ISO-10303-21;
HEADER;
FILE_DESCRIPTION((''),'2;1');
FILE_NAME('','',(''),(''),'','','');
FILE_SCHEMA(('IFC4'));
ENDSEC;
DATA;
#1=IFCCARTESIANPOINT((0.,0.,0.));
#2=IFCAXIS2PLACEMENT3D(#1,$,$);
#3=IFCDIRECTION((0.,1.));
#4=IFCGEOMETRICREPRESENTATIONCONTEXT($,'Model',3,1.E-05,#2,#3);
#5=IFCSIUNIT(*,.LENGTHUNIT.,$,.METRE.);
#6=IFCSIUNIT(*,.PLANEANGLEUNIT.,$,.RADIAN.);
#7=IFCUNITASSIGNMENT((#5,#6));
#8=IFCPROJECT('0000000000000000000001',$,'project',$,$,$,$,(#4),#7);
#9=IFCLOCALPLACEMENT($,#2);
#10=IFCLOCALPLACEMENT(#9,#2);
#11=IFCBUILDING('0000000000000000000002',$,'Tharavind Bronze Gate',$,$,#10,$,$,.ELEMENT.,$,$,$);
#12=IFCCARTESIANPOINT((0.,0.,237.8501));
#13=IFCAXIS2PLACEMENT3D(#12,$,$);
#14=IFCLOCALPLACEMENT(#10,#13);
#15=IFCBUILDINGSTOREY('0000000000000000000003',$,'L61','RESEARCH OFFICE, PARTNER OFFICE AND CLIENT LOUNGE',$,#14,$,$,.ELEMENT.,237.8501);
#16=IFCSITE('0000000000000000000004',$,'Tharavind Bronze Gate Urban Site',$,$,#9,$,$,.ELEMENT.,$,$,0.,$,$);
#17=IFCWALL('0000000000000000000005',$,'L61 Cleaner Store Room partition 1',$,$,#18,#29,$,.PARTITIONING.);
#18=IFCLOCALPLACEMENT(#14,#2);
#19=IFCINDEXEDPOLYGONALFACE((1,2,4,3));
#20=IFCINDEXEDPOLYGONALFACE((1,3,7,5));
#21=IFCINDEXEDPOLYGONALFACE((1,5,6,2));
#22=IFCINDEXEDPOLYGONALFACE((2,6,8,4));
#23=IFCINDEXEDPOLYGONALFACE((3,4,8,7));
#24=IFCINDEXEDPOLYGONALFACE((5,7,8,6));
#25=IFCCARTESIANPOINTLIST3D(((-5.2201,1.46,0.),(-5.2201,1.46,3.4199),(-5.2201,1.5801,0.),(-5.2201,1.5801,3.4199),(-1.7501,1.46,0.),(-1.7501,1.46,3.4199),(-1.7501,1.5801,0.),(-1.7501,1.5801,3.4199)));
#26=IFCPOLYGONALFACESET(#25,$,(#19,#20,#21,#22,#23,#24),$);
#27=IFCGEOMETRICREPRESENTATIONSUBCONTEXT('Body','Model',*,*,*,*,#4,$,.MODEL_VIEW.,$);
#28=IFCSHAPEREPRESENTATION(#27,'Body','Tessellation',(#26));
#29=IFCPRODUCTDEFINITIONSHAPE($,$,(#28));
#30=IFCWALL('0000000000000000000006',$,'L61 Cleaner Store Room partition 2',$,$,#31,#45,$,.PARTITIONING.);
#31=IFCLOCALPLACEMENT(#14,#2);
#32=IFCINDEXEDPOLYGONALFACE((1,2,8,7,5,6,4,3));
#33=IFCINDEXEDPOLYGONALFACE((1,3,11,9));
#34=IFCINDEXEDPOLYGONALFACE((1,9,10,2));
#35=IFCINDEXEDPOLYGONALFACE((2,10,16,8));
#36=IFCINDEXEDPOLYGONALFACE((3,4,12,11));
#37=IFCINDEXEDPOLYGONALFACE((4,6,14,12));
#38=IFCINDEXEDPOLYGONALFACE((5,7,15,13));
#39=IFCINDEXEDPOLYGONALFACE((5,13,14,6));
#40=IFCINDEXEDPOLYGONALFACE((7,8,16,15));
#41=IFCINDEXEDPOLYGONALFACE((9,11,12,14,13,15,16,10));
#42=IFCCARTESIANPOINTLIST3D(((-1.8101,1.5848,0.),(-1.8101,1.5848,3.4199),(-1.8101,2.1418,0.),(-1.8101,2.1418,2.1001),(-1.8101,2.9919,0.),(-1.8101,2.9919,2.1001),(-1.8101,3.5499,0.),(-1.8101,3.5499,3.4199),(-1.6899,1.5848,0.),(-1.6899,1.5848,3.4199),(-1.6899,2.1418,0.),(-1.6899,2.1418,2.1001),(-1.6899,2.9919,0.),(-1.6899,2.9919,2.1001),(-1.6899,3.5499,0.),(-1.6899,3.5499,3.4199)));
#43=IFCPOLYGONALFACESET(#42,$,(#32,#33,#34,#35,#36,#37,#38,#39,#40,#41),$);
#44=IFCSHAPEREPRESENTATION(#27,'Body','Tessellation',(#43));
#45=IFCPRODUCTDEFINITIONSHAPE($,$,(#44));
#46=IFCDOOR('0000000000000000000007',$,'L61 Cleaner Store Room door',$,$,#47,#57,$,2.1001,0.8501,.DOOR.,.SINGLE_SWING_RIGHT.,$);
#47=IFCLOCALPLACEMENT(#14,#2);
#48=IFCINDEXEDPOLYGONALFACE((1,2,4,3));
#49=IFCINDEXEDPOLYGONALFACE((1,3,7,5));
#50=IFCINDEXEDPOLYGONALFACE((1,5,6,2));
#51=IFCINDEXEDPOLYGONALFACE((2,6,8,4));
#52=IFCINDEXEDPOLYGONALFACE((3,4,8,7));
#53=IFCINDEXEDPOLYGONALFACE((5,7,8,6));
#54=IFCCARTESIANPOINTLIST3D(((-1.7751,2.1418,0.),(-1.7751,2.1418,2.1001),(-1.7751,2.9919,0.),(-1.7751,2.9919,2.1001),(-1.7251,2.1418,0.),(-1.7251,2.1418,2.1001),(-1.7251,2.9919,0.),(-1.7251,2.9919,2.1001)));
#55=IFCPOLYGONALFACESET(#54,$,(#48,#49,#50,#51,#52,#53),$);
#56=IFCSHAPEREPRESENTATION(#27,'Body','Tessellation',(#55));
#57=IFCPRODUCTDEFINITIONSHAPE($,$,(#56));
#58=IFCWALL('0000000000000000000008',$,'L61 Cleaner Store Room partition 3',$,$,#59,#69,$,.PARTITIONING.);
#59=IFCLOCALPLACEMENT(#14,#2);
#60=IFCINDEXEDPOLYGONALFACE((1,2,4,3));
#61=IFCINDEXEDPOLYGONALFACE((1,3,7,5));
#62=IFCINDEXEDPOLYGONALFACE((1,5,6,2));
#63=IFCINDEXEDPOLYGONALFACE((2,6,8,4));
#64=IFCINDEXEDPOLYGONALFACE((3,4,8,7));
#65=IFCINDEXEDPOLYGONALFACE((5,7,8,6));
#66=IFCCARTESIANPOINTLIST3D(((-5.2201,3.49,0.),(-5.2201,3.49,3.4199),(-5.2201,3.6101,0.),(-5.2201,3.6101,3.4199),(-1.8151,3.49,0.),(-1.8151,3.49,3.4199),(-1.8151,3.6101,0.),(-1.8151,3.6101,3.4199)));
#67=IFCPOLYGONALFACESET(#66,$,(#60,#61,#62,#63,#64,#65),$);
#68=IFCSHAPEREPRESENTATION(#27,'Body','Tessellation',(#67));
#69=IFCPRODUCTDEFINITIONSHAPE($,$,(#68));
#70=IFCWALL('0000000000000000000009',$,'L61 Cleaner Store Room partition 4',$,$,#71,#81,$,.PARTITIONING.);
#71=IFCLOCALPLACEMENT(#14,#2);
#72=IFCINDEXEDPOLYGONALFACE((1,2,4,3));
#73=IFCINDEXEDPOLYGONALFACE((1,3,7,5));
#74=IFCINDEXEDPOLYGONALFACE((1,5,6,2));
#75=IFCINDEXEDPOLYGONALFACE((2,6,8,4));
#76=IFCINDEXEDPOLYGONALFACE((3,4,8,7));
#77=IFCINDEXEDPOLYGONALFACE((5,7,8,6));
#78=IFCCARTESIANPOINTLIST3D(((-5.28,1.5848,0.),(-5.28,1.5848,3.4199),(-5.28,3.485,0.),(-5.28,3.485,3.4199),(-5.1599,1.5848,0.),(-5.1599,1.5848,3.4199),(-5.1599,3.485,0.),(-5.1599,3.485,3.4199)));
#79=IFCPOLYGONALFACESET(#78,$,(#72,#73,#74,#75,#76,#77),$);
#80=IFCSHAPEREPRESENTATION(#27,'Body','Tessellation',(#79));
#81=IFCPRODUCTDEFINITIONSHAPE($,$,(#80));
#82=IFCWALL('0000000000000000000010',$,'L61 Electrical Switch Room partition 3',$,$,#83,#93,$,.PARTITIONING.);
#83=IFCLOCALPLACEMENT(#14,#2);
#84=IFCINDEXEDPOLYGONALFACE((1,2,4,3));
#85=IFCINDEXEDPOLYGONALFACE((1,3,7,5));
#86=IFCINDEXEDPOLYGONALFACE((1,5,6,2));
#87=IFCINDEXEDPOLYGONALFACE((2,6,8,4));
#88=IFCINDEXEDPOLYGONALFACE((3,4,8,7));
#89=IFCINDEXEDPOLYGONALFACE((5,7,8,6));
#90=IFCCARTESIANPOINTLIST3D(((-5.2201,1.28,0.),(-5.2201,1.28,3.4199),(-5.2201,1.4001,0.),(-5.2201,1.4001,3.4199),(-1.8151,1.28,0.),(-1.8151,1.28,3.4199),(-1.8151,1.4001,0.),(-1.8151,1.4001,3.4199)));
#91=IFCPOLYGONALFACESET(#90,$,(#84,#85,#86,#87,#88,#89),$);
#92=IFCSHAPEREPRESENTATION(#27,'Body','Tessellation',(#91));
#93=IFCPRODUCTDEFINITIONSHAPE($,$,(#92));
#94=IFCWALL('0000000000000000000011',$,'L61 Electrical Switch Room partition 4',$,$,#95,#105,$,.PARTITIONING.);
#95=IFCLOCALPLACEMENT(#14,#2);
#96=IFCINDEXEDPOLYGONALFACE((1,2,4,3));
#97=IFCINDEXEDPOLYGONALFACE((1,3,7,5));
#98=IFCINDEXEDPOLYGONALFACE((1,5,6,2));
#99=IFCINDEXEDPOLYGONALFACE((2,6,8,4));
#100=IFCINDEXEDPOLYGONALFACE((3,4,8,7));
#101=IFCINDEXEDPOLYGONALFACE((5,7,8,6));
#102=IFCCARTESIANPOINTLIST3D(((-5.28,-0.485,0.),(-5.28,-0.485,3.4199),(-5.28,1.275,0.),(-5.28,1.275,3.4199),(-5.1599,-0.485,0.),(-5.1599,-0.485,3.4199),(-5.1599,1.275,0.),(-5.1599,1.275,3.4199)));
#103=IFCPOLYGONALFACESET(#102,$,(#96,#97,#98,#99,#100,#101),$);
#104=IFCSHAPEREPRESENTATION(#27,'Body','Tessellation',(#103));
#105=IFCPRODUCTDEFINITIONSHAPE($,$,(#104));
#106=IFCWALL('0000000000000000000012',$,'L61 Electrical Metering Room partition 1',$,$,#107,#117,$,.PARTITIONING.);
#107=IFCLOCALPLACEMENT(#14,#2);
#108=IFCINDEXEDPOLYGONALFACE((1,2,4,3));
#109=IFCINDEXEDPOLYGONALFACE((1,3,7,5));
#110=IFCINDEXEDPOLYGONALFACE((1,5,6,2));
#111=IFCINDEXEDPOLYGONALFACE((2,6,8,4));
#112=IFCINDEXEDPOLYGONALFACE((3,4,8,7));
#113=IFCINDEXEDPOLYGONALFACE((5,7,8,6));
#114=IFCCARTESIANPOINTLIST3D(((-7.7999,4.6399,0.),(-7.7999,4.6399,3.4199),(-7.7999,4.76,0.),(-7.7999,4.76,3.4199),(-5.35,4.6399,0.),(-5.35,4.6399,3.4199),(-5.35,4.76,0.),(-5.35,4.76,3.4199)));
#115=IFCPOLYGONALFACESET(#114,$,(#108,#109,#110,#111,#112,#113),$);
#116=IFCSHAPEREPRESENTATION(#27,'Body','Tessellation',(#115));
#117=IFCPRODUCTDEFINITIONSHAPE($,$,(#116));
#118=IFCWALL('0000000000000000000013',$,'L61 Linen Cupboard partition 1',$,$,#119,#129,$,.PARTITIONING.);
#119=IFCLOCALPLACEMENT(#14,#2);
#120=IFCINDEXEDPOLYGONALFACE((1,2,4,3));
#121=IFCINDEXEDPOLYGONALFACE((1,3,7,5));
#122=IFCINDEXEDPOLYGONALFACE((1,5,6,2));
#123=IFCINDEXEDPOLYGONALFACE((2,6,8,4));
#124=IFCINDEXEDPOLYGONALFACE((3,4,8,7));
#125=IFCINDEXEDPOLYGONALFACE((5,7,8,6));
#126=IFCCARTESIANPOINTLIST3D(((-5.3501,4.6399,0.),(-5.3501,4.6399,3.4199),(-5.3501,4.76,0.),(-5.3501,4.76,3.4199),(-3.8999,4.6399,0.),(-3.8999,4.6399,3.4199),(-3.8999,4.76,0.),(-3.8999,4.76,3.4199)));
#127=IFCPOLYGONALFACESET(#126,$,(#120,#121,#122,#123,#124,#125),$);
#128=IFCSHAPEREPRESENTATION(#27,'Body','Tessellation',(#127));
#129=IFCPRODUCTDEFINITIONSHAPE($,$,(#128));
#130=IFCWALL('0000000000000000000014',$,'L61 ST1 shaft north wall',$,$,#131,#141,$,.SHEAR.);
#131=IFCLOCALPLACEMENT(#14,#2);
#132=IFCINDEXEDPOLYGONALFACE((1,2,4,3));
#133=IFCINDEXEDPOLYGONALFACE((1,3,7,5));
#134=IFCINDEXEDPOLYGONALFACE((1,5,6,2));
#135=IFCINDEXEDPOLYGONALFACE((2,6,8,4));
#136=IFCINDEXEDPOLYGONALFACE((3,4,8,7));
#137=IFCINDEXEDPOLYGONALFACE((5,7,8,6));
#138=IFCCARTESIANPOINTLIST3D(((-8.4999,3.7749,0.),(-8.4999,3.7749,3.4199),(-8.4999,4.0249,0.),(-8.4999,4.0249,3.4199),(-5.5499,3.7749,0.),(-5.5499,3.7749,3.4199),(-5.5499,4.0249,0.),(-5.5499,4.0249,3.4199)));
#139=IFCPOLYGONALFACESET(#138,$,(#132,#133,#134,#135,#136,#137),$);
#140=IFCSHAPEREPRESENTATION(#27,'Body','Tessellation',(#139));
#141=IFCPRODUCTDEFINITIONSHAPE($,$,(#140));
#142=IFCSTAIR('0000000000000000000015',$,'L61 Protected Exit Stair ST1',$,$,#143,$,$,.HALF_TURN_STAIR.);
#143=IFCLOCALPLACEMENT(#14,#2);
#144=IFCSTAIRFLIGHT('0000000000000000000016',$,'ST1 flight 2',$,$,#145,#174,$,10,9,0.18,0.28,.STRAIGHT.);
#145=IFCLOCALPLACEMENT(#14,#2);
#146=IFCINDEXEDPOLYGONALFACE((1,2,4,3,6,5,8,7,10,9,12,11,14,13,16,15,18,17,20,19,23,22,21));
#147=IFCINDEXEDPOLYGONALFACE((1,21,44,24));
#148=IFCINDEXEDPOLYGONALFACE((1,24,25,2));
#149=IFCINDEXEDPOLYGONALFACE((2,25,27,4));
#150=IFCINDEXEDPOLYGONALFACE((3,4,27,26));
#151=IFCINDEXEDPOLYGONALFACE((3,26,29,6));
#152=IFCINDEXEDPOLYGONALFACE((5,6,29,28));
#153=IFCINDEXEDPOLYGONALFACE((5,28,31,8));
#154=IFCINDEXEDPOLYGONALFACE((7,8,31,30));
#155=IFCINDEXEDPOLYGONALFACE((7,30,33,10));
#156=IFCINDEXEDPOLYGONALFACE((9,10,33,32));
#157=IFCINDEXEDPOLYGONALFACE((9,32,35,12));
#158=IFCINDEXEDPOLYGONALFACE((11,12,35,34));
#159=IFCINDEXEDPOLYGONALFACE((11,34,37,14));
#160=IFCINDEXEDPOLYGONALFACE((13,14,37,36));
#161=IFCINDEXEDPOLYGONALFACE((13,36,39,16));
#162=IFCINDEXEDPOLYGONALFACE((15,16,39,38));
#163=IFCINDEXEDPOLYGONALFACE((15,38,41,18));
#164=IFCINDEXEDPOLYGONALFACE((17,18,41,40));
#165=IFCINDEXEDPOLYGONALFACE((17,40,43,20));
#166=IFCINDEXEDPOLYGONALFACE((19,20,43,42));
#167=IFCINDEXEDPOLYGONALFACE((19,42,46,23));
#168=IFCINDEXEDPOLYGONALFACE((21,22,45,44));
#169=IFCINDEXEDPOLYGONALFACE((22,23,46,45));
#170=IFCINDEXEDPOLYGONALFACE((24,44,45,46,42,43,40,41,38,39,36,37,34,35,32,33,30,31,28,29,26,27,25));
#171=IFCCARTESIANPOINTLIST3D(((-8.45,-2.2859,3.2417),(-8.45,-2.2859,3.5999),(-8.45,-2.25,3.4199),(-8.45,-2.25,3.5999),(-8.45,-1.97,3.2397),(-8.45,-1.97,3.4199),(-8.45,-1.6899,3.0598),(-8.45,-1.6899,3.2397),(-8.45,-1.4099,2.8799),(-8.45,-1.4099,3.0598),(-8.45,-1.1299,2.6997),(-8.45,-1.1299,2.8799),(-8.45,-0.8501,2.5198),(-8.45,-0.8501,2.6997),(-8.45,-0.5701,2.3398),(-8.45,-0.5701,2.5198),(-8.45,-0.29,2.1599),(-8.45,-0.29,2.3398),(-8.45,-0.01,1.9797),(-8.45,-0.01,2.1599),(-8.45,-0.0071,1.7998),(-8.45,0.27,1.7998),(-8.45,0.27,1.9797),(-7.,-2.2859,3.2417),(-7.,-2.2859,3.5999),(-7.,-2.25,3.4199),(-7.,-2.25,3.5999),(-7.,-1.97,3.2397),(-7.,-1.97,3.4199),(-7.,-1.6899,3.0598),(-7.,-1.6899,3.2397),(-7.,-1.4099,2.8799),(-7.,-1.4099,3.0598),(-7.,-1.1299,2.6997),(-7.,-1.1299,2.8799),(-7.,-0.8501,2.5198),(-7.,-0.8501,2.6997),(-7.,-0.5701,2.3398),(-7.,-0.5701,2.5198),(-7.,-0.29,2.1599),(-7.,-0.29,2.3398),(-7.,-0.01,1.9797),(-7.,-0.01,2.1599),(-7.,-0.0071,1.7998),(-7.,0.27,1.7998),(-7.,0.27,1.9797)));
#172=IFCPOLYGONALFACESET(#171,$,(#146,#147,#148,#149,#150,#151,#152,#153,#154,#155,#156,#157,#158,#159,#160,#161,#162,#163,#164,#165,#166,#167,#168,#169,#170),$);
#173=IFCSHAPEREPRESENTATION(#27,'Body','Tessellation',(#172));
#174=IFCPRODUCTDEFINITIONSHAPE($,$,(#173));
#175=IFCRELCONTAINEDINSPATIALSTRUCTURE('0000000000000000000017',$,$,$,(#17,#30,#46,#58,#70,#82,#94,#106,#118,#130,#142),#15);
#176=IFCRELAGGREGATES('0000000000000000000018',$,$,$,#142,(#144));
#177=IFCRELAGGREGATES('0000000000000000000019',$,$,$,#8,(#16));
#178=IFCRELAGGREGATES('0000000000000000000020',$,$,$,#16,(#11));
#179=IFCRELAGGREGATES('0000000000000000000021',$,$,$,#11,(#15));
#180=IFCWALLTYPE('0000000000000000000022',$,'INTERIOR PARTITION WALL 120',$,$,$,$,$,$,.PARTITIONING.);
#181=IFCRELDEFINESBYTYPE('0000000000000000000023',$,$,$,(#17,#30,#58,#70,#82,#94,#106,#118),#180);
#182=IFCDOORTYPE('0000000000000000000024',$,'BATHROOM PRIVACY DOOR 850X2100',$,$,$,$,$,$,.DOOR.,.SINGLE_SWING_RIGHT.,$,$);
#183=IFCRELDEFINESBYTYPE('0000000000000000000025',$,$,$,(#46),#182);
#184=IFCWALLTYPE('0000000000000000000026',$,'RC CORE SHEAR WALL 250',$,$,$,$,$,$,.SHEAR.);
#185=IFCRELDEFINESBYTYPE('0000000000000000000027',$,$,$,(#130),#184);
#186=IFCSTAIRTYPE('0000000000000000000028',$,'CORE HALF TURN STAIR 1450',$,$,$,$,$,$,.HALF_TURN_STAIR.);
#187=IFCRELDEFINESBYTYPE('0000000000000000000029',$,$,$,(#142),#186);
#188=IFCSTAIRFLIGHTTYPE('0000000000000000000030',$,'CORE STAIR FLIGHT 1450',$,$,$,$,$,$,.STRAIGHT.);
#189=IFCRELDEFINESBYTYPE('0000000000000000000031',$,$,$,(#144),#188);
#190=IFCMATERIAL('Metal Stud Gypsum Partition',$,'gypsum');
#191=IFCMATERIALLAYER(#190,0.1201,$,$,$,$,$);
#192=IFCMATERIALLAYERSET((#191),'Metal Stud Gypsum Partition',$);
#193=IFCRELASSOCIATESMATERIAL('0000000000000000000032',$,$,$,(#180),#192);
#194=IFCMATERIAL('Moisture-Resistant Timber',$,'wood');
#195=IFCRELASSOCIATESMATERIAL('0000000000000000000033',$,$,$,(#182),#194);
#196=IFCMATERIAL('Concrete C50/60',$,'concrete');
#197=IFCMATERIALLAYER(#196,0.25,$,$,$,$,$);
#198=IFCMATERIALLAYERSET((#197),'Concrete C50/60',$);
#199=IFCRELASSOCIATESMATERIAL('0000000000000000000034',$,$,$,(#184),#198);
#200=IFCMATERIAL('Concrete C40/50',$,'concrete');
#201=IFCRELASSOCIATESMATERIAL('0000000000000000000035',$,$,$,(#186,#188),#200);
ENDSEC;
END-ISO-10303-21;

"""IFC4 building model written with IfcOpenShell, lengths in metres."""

from ifc_helpers import new_model, si_unit, direction, frame, frame_2d, origin, place, context, subcontext, project, spatial, polyline, rectangle, outline, extrude, material, layer, layer_set, type_object, element, fill, aggregate, save


model = new_model("IFC4")

# Units and contexts
model_context = context("Model", 3, precision=1e-05, world=origin(), true_north=direction((0.0, 1.0)))
body_context = subcontext(model_context, "Body", "Model", "MODEL_VIEW")
ifc_project = project(units=[si_unit("LENGTHUNIT", "METRE"), si_unit("PLANEANGLEUNIT", "RADIAN")], contexts=[model_context])

# Site, building, storey
site_placement = place(None, origin())
site = spatial("IfcSite", under=ifc_project, at=site_placement, Name="Tharavind Bronze Gate Urban Site", CompositionType="ELEMENT", RefElevation=0.0)
building_placement = place(site_placement, origin())
building = spatial("IfcBuilding", under=site, at=building_placement, Name="Tharavind Bronze Gate", CompositionType="ELEMENT")
storey_placement = place(building_placement, frame((0.0, 0.0, 237.8501)))
storey = spatial("IfcBuildingStorey", under=building, at=storey_placement, Name="L61", Description="RESEARCH OFFICE, PARTNER OFFICE AND CLIENT LOUNGE", CompositionType="ELEMENT", Elevation=237.8501)

# Wall
ifc_material_1 = material(Name="Metal Stud Gypsum Partition", Category="gypsum")
ifc_layer_1 = layer(ifc_material_1, 0.1201)
ifc_layer_set_1 = layer_set([ifc_layer_1], Name="Metal Stud Gypsum Partition")
wall_type_1 = type_object("IfcWallType", Name="INTERIOR PARTITION WALL 120", PredefinedType="PARTITIONING", material=ifc_layer_set_1)
wall_1_placement = place(storey_placement, frame((-5.22, 1.52, 0.0), z_axis=(0.0, 0.0, 1.0), x_axis=(1.0, 0.0, 0.0)))
element("IfcWall", 1, at=wall_1_placement, inside=storey, type_object=wall_type_1, Name="L61 Cleaner Store Room partition 1", PredefinedType="PARTITIONING", context=body_context, shape_type="SweptSolid", body=[
    extrude(rectangle(XDim=3.47, YDim=0.1201, at=frame_2d((1.7349, 0.0))), origin(), (0.0, 0.0, 1.0), 3.4199),
])

# Wall, opening, door
wall_2_placement = place(storey_placement, frame((-1.75, 1.585, 0.0), z_axis=(0.0, 0.0, 1.0), x_axis=(0.0, 1.0, 0.0)))
wall_2 = element("IfcWall", 2, at=wall_2_placement, inside=storey, type_object=wall_type_1, Name="L61 Cleaner Store Room partition 2", PredefinedType="PARTITIONING", context=body_context, shape_type="SweptSolid", body=[
    extrude(rectangle(XDim=1.9651, YDim=0.1201, at=frame_2d((0.9824, 0.0))), origin(), (0.0, 0.0, 1.0), 3.4199),
])
opening_placement = place(wall_2_placement, frame((0.5569, 0.0, 0.0)))
opening = element("IfcOpeningElement", 3, at=opening_placement, cuts=wall_2, PredefinedType="OPENING", context=body_context, shape_type="SweptSolid", body=[
    extrude(rectangle(XDim=0.8501, YDim=2.1001, at=frame_2d((0.425, 1.05))), frame((0.0, 0.0701, 0.0), z_axis=(0.0, -1.0, 0.0), x_axis=(1.0, 0.0, 0.0)), (0.0, 0.0, 1.0), 0.1401),
])
ifc_material_2 = material(Name="Moisture-Resistant Timber", Category="wood")
door_type = type_object("IfcDoorType", Name="BATHROOM PRIVACY DOOR 850X2100", OperationType="SINGLE_SWING_RIGHT", PredefinedType="DOOR", material=ifc_material_2)
door_placement = place(opening_placement, frame((0.8501, 0.0, 0.0), z_axis=(0.0, 0.0, 1.0), x_axis=(-1.0, 0.0, 0.0)))
door = element("IfcDoor", 4, at=door_placement, inside=storey, type_object=door_type, Name="L61 Cleaner Store Room door", OperationType="SINGLE_SWING_RIGHT", OverallHeight=2.1001, OverallWidth=0.8501, PredefinedType="DOOR", context=body_context, shape_type="SweptSolid", body=[
    extrude(rectangle(XDim=0.8501, YDim=2.1001, at=frame_2d((0.425, 1.05))), frame((0.0, 0.0249, 0.0), z_axis=(0.0, -1.0, 0.0), x_axis=(1.0, 0.0, 0.0)), (0.0, 0.0, 1.0), 0.05),
])
fill(opening, door)

# Walls
wall_3_placement = place(storey_placement, frame((-1.8149, 3.55, 0.0), z_axis=(0.0, 0.0, 1.0), x_axis=(-1.0, 0.0, 0.0)))
element("IfcWall", 5, at=wall_3_placement, inside=storey, type_object=wall_type_1, Name="L61 Cleaner Store Room partition 3", PredefinedType="PARTITIONING", context=body_context, shape_type="SweptSolid", body=[
    extrude(rectangle(XDim=3.405, YDim=0.1201, at=frame_2d((1.7026, 0.0))), origin(), (0.0, 0.0, 1.0), 3.4199),
])
wall_4_placement = place(storey_placement, frame((-5.22, 3.4851, 0.0), z_axis=(0.0, 0.0, 1.0), x_axis=(0.0, -1.0, 0.0)))
element("IfcWall", 6, at=wall_4_placement, inside=storey, type_object=wall_type_1, Name="L61 Cleaner Store Room partition 4", PredefinedType="PARTITIONING", context=body_context, shape_type="SweptSolid", body=[
    extrude(rectangle(XDim=1.9001, YDim=0.1201, at=frame_2d((0.9502, 0.0))), origin(), (0.0, 0.0, 1.0), 3.4199),
])
wall_5_placement = place(storey_placement, frame((-1.8149, 1.3401, 0.0), z_axis=(0.0, 0.0, 1.0), x_axis=(-1.0, 0.0, 0.0)))
element("IfcWall", 7, at=wall_5_placement, inside=storey, type_object=wall_type_1, Name="L61 Electrical Switch Room partition 3", PredefinedType="PARTITIONING", context=body_context, shape_type="SweptSolid", body=[
    extrude(rectangle(XDim=3.405, YDim=0.1201, at=frame_2d((1.7026, 0.0))), origin(), (0.0, 0.0, 1.0), 3.4199),
])
wall_6_placement = place(storey_placement, frame((-5.22, 1.2749, 0.0), z_axis=(0.0, 0.0, 1.0), x_axis=(0.0, -1.0, 0.0)))
element("IfcWall", 8, at=wall_6_placement, inside=storey, type_object=wall_type_1, Name="L61 Electrical Switch Room partition 4", PredefinedType="PARTITIONING", context=body_context, shape_type="SweptSolid", body=[
    extrude(rectangle(XDim=1.76, YDim=0.1201, at=frame_2d((0.8799, 0.0))), origin(), (0.0, 0.0, 1.0), 3.4199),
])
wall_7_placement = place(storey_placement, frame((-7.8, 4.7, 0.0), z_axis=(0.0, 0.0, 1.0), x_axis=(1.0, 0.0, 0.0)))
element("IfcWall", 9, at=wall_7_placement, inside=storey, type_object=wall_type_1, Name="L61 Electrical Metering Room partition 1", PredefinedType="PARTITIONING", context=body_context, shape_type="SweptSolid", body=[
    extrude(rectangle(XDim=2.45, YDim=0.1201, at=frame_2d((1.2251, 0.0))), origin(), (0.0, 0.0, 1.0), 3.4199),
])
wall_8_placement = place(storey_placement, frame((-5.3501, 4.7, 0.0), z_axis=(0.0, 0.0, 1.0), x_axis=(1.0, 0.0, 0.0)))
element("IfcWall", 10, at=wall_8_placement, inside=storey, type_object=wall_type_1, Name="L61 Linen Cupboard partition 1", PredefinedType="PARTITIONING", context=body_context, shape_type="SweptSolid", body=[
    extrude(rectangle(XDim=1.4502, YDim=0.1201, at=frame_2d((0.7251, 0.0))), origin(), (0.0, 0.0, 1.0), 3.4199),
])
ifc_material_3 = material(Name="Concrete C50/60", Category="concrete")
ifc_layer_2 = layer(ifc_material_3, 0.25)
ifc_layer_set_2 = layer_set([ifc_layer_2], Name="Concrete C50/60")
wall_type_2 = type_object("IfcWallType", Name="RC CORE SHEAR WALL 250", PredefinedType="SHEAR", material=ifc_layer_set_2)
wall_9_placement = place(storey_placement, frame((-8.5, 3.8999, 0.0), z_axis=(0.0, 0.0, 1.0), x_axis=(1.0, 0.0, 0.0)))
element("IfcWall", 11, at=wall_9_placement, inside=storey, type_object=wall_type_2, Name="L61 ST1 shaft north wall", PredefinedType="SHEAR", context=body_context, shape_type="SweptSolid", body=[
    extrude(rectangle(XDim=2.95, YDim=0.25, at=frame_2d((1.4751, 0.0))), origin(), (0.0, 0.0, 1.0), 3.4199),
])

# Stair, stair flight
ifc_material_4 = material(Name="Concrete C40/50", Category="concrete")
stair_type = type_object("IfcStairType", Name="CORE HALF TURN STAIR 1450", PredefinedType="HALF_TURN_STAIR", material=ifc_material_4)
stair_placement = place(storey_placement, origin())
stair = element("IfcStair", 12, at=stair_placement, inside=storey, type_object=stair_type, Name="L61 Protected Exit Stair ST1", PredefinedType="HALF_TURN_STAIR")
stair_flight_type = type_object("IfcStairFlightType", Name="CORE STAIR FLIGHT 1450", PredefinedType="STRAIGHT", material=ifc_material_4)
stair_flight_placement = place(storey_placement, frame((-7.7251, 0.27, 1.7998), z_axis=(0.0, 0.0, 1.0), x_axis=(0.0, -1.0, 0.0)))
stair_flight = element("IfcStairFlight", 13, at=stair_flight_placement, type_object=stair_flight_type, Name="ST1 flight 2", NumberOfRisers=10, NumberOfTreads=9, PredefinedType="STRAIGHT", RiserHeight=0.18, TreadLength=0.28, context=body_context, shape_type="SweptSolid", body=[
    extrude(outline(polyline([(0.0, 0.0), (0.0, 0.1799), (0.28, 0.1799), (0.28, 0.3601), (0.5601, 0.3601), (0.5601, 0.54), (0.8401, 0.54), (0.8401, 0.72), (1.1201, 0.72), (1.1201, 0.8999), (1.3999, 0.8999), (1.3999, 1.0801), (1.6799, 1.0801), (1.6799, 1.26), (1.96, 1.26), (1.96, 1.4399), (2.24, 1.4399), (2.24, 1.6201), (2.52, 1.6201), (2.52, 1.8), (2.5559, 1.8), (2.5559, 1.4419), (0.2771, 0.0), (0.0, 0.0)])), frame((0.0, 0.7251, 0.0), z_axis=(0.0, -1.0, 0.0), x_axis=(1.0, 0.0, 0.0)), (0.0, 0.0, 1.0), 1.45),
])
aggregate(stair, [stair_flight])

save(model, "model.ifc")
